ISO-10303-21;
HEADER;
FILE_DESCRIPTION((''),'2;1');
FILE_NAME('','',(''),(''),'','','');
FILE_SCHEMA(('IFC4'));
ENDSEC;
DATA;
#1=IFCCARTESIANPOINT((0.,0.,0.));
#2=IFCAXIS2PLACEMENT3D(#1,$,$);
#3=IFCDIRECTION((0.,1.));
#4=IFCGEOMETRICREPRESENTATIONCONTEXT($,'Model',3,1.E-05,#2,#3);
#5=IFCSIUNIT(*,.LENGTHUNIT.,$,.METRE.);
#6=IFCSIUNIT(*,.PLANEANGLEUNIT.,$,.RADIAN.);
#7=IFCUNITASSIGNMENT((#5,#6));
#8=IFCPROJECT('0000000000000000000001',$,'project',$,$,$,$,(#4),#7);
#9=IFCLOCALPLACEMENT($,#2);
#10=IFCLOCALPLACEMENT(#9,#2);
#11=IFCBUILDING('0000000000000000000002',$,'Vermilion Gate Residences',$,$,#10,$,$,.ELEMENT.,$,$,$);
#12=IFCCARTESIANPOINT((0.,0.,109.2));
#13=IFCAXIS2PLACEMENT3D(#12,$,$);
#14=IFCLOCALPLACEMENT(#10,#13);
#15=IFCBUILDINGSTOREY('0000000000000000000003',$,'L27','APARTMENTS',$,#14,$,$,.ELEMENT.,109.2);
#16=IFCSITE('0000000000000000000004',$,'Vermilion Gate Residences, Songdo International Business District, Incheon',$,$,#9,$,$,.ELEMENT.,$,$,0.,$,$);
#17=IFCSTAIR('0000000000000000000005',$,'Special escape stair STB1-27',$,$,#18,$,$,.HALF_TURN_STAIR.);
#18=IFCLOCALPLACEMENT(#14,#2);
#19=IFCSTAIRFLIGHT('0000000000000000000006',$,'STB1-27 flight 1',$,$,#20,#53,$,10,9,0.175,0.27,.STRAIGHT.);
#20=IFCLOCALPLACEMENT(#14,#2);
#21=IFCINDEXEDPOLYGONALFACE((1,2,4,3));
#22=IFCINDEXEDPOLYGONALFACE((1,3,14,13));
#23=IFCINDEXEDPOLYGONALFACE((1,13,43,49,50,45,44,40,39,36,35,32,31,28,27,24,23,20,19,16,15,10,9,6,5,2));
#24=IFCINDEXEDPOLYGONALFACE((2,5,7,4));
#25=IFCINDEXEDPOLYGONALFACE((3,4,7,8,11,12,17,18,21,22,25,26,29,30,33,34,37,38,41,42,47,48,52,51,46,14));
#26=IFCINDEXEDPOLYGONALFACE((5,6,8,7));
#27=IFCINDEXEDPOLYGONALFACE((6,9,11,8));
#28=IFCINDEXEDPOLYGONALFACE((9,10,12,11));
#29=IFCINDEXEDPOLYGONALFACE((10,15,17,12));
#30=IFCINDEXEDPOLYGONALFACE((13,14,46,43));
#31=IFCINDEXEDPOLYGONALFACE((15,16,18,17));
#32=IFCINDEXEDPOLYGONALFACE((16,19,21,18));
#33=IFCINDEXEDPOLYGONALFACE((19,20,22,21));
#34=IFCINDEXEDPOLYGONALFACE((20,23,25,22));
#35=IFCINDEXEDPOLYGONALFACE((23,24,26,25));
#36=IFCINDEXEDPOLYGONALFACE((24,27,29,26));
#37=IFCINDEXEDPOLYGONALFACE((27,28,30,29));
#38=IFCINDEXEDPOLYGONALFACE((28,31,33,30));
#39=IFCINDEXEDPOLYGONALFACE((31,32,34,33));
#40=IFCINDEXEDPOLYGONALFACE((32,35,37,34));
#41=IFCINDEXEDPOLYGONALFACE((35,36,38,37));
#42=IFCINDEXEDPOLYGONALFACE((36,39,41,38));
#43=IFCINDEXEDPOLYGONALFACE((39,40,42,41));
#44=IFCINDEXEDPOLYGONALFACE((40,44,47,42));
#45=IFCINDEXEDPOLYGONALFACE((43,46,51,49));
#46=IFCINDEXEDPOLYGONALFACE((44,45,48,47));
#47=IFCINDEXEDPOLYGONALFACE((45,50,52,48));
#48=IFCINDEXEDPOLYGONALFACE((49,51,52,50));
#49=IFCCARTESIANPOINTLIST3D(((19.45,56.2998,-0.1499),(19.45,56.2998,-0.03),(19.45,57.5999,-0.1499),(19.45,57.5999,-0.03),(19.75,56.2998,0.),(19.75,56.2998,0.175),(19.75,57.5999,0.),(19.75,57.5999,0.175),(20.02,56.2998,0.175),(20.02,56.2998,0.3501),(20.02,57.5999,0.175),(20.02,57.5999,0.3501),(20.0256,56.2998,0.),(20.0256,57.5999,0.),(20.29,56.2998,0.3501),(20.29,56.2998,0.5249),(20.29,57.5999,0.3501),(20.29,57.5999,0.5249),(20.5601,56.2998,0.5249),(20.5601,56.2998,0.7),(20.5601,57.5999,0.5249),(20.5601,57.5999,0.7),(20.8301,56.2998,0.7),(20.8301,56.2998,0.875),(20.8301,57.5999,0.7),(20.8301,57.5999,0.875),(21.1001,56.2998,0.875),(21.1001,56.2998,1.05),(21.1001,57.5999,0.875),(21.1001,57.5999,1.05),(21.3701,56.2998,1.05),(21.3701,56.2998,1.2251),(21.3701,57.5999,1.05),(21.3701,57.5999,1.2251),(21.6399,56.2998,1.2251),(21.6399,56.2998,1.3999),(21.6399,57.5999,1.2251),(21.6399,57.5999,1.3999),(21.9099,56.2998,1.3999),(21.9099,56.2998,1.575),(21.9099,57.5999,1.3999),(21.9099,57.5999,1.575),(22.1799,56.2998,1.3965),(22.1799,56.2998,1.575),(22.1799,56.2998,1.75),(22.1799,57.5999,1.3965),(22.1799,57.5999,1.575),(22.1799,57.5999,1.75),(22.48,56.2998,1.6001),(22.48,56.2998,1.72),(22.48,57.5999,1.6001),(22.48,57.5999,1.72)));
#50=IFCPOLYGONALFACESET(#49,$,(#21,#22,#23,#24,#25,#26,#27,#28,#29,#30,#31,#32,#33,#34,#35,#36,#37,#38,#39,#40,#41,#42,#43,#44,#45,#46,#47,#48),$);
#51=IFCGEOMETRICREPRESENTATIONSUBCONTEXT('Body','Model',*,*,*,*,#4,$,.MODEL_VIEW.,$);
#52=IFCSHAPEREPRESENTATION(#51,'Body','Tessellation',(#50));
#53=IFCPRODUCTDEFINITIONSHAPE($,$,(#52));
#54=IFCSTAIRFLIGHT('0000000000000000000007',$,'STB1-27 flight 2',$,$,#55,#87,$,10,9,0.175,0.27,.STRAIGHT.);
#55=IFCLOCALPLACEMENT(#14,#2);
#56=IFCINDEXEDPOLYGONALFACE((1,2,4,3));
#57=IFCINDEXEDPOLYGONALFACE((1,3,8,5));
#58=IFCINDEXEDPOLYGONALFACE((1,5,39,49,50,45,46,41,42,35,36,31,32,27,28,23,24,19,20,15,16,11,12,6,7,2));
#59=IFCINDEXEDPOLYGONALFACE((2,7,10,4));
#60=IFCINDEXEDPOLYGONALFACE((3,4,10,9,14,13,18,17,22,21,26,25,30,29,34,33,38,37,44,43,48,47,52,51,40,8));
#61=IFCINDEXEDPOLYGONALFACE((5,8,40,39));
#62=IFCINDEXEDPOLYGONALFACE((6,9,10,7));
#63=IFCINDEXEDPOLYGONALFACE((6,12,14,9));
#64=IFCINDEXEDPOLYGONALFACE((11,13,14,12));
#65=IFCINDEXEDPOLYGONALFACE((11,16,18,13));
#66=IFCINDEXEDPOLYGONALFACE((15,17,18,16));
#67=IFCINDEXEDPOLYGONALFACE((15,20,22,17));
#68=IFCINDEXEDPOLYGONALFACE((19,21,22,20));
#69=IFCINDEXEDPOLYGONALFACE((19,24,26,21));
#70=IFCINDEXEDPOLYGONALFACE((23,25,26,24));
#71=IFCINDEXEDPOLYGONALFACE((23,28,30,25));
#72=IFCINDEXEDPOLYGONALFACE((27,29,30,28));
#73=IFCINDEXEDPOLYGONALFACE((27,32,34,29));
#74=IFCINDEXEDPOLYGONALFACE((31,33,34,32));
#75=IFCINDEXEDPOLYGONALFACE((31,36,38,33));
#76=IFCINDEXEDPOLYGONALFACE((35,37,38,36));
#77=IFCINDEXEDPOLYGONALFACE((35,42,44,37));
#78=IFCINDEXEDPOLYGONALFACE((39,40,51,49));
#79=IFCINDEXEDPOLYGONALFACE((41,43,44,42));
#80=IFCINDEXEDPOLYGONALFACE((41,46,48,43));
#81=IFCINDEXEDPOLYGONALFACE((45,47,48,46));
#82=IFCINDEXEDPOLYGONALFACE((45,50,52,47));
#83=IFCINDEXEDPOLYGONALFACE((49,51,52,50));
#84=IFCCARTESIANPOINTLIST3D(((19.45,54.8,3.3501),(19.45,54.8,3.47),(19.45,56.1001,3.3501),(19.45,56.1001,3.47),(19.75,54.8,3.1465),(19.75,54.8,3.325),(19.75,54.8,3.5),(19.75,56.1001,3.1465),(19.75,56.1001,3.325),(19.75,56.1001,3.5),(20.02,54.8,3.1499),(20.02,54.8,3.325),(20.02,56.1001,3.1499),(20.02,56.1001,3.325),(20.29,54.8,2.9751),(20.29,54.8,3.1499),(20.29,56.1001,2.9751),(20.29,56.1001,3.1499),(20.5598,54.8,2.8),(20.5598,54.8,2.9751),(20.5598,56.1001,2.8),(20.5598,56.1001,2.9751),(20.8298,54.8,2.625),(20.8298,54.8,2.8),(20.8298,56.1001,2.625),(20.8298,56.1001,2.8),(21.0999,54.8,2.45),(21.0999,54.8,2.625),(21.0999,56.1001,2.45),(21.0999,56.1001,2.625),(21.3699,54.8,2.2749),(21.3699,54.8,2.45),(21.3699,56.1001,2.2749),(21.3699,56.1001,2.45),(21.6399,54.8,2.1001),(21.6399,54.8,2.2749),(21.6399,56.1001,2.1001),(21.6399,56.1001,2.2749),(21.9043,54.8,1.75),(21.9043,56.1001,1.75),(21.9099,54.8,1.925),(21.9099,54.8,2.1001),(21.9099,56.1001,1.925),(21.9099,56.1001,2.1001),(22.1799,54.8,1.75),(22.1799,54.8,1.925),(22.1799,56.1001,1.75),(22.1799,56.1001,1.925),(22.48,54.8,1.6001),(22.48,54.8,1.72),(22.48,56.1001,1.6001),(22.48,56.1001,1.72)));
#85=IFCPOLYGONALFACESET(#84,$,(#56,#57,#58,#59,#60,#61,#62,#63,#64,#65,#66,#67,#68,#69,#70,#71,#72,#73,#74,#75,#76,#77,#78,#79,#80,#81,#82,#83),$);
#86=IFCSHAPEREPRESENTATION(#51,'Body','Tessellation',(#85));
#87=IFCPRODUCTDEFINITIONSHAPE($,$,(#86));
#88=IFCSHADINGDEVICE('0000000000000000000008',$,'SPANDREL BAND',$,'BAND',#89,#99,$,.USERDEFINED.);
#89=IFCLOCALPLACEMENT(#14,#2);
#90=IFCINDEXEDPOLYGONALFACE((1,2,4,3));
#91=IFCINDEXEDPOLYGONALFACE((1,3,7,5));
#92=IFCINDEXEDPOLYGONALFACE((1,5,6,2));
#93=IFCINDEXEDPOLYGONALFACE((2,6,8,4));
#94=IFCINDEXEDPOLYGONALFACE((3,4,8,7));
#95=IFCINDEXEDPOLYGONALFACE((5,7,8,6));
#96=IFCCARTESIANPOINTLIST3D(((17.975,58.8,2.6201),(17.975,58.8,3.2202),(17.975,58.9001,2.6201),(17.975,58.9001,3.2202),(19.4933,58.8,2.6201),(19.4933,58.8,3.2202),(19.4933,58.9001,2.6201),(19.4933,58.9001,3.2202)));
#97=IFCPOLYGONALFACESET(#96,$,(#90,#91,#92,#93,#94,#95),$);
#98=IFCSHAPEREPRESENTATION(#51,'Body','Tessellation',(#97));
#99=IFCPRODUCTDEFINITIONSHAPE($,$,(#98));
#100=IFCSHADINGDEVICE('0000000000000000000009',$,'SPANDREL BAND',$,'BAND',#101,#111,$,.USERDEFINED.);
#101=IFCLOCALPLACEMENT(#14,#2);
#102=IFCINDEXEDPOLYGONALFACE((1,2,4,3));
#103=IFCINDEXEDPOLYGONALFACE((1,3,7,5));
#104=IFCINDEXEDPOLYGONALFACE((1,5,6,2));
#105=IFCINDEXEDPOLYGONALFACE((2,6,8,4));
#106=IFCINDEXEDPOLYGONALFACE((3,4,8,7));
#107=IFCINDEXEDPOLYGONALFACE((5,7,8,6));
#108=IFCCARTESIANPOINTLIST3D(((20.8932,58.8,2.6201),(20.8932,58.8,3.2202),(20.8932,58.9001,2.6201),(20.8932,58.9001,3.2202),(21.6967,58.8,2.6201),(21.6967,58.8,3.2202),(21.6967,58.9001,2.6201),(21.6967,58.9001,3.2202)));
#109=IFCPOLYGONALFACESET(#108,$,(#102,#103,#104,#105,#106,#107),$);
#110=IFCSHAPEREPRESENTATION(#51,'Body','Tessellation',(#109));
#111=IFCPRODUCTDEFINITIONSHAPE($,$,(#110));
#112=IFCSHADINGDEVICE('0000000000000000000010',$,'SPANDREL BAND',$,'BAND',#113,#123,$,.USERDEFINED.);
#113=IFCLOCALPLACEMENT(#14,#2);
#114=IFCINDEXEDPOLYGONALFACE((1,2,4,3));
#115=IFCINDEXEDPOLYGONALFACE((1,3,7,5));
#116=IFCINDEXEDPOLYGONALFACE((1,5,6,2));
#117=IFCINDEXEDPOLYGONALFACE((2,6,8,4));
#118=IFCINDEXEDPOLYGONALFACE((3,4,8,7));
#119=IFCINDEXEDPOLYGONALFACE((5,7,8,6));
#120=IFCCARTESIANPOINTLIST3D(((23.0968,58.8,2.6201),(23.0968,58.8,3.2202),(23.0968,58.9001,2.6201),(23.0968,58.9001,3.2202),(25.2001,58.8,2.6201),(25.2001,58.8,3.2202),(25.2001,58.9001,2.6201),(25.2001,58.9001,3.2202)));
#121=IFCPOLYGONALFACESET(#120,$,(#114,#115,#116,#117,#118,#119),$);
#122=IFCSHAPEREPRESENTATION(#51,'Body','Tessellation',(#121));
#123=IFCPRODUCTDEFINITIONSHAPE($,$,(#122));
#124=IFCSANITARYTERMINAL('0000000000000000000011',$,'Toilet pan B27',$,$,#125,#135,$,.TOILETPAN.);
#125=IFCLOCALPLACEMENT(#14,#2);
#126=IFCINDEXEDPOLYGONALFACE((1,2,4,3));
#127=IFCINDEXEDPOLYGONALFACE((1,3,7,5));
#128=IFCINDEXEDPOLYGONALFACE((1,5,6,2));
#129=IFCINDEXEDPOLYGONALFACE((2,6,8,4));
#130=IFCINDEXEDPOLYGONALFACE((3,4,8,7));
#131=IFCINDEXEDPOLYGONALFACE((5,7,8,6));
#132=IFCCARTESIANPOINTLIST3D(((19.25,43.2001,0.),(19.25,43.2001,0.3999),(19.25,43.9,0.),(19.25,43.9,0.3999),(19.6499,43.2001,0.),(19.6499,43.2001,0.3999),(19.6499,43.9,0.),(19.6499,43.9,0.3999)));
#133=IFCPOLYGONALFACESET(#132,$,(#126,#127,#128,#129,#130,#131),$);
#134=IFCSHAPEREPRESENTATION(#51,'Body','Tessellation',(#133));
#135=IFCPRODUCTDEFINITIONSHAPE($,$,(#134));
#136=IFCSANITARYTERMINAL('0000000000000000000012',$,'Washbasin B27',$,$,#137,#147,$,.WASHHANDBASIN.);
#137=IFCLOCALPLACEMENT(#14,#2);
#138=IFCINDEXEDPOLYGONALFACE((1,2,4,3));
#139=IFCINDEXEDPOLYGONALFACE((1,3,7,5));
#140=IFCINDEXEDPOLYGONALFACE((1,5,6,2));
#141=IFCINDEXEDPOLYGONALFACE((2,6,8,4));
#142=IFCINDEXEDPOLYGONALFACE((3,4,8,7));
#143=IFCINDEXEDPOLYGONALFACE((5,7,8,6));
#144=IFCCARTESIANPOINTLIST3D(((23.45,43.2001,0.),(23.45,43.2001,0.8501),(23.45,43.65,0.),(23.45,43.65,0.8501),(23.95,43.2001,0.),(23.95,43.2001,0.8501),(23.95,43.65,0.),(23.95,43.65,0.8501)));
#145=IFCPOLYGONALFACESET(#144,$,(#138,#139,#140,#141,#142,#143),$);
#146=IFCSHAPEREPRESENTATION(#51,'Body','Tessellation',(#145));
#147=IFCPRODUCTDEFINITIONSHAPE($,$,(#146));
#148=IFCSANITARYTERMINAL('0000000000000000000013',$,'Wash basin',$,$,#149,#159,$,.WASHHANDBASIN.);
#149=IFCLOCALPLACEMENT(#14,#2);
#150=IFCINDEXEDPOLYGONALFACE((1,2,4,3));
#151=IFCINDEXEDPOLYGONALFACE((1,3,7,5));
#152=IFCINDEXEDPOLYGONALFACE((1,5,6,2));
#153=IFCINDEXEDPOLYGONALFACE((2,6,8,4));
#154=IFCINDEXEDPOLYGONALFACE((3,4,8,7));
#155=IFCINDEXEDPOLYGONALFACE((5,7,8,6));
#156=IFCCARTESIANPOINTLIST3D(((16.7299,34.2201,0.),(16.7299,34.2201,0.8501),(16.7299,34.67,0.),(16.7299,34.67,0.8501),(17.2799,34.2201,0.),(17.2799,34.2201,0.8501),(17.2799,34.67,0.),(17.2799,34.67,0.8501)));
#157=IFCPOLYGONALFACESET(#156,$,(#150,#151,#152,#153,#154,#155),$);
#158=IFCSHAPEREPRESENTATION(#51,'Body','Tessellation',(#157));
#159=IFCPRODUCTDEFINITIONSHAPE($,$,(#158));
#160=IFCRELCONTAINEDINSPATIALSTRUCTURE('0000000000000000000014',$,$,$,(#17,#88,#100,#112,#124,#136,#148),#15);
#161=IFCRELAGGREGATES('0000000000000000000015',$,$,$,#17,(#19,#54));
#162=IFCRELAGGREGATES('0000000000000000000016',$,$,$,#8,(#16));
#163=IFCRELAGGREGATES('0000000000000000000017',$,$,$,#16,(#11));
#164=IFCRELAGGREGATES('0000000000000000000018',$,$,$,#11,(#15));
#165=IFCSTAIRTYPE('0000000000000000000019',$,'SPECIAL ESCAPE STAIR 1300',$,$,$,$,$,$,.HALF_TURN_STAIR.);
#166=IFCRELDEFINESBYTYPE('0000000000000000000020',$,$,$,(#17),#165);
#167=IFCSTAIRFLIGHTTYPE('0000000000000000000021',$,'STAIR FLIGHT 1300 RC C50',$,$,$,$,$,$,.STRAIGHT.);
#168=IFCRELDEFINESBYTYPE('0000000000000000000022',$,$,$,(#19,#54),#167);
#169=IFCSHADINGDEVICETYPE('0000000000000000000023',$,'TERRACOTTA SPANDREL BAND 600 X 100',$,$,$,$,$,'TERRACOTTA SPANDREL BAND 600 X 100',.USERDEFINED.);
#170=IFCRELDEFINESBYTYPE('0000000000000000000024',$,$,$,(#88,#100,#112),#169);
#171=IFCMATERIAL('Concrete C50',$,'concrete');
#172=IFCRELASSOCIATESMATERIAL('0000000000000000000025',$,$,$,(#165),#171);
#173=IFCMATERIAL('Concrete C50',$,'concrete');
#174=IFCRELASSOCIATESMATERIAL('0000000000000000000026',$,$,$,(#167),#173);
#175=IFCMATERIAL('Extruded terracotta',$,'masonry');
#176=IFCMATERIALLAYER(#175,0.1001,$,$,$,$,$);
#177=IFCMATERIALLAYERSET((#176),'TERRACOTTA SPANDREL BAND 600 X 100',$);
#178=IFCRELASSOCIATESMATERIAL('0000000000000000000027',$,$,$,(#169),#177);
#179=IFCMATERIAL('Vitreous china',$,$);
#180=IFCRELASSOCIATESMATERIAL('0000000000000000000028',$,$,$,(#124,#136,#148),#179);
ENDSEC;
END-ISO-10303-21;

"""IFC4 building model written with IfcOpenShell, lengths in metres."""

from ifc_helpers import new_model, si_unit, direction, frame, origin, origin_2d, place, context, subcontext, project, spatial, polyline, rectangle, outline, extrude, material, layer, layer_set, type_object, element, aggregate, save


model = new_model("IFC4")

# Units and contexts
model_context = context("Model", 3, precision=1e-05, world=origin(), true_north=direction((0.0, 1.0)))
body_context = subcontext(model_context, "Body", "Model", "MODEL_VIEW")
ifc_project = project(units=[si_unit("LENGTHUNIT", "METRE"), si_unit("PLANEANGLEUNIT", "RADIAN")], contexts=[model_context])

# Site, building, storey
site_placement = place(None, origin())
site = spatial("IfcSite", under=ifc_project, at=site_placement, Name="Vermilion Gate Residences, Songdo International Business District, Incheon", CompositionType="ELEMENT", RefElevation=0.0)
building_placement = place(site_placement, origin())
building = spatial("IfcBuilding", under=site, at=building_placement, Name="Vermilion Gate Residences", CompositionType="ELEMENT")
storey_placement = place(building_placement, frame((0.0, 0.0, 109.2)))
storey = spatial("IfcBuildingStorey", under=building, at=storey_placement, Name="L27", Description="APARTMENTS", CompositionType="ELEMENT", Elevation=109.2)

# Stair, stair flights
ifc_material_1 = material(Name="Concrete C50", Category="concrete")
stair_type = type_object("IfcStairType", Name="SPECIAL ESCAPE STAIR 1300", PredefinedType="HALF_TURN_STAIR", material=ifc_material_1)
stair_placement = place(storey_placement, origin())
stair = element("IfcStair", 1, at=stair_placement, inside=storey, type_object=stair_type, Name="Special escape stair STB1-27", PredefinedType="HALF_TURN_STAIR")
ifc_material_2 = material(Name="Concrete C50", Category="concrete")
stair_flight_type = type_object("IfcStairFlightType", Name="STAIR FLIGHT 1300 RC C50", PredefinedType="STRAIGHT", material=ifc_material_2)
stair_flight_1_placement = place(storey_placement, frame((19.75, 56.95, 0.0), z_axis=(0.0, 0.0, 1.0), x_axis=(1.0, 0.0, 0.0)))
stair_flight_1 = element("IfcStairFlight", 2, at=stair_flight_1_placement, type_object=stair_flight_type, Name="STB1-27 flight 1", NumberOfRisers=10, NumberOfTreads=9, PredefinedType="STRAIGHT", RiserHeight=0.175, TreadLength=0.27, context=body_context, shape_type="SweptSolid", body=[
    extrude(outline(polyline([(-0.3, -0.1499), (-0.3, -0.03), (0.0, 0.0), (0.0, 0.175), (0.27, 0.175), (0.27, 0.3501), (0.54, 0.3501), (0.54, 0.5249), (0.8101, 0.5249), (0.8101, 0.7), (1.0801, 0.7), (1.0801, 0.875), (1.3501, 0.875), (1.3501, 1.05), (1.6201, 1.05), (1.6201, 1.2251), (1.8899, 1.2251), (1.8899, 1.3999), (2.1599, 1.3999), (2.1599, 1.575), (2.4299, 1.575), (2.4299, 1.75), (2.73, 1.72), (2.73, 1.6001), (2.4299, 1.3965), (0.2756, 0.0), (-0.3, -0.1499)])), frame((0.0, 0.6499, 0.0), z_axis=(0.0, -1.0, 0.0), x_axis=(1.0, 0.0, 0.0)), (0.0, 0.0, 1.0), 1.3),
])
stair_flight_2_placement = place(storey_placement, frame((22.1799, 55.45, 1.75), z_axis=(0.0, 0.0, 1.0), x_axis=(-1.0, 0.0, 0.0)))
stair_flight_2 = element("IfcStairFlight", 3, at=stair_flight_2_placement, type_object=stair_flight_type, Name="STB1-27 flight 2", NumberOfRisers=10, NumberOfTreads=9, PredefinedType="STRAIGHT", RiserHeight=0.175, TreadLength=0.27, context=body_context, shape_type="SweptSolid", body=[
    extrude(outline(polyline([(-0.3, -0.1499), (-0.3, -0.03), (0.0, 0.0), (0.0, 0.175), (0.27, 0.175), (0.27, 0.3501), (0.54, 0.3501), (0.54, 0.5249), (0.8101, 0.5249), (0.8101, 0.7), (1.0801, 0.7), (1.0801, 0.875), (1.3501, 0.875), (1.3501, 1.05), (1.6201, 1.05), (1.6201, 1.2251), (1.8899, 1.2251), (1.8899, 1.3999), (2.1599, 1.3999), (2.1599, 1.575), (2.4299, 1.575), (2.4299, 1.75), (2.73, 1.72), (2.73, 1.6001), (2.4299, 1.3965), (0.2756, 0.0), (-0.3, -0.1499)])), frame((0.0, 0.6499, 0.0), z_axis=(0.0, -1.0, 0.0), x_axis=(1.0, 0.0, 0.0)), (0.0, 0.0, 1.0), 1.3),
])
aggregate(stair, [stair_flight_1, stair_flight_2])

# Shading devices
ifc_material_3 = material(Name="Extruded terracotta", Category="masonry")
ifc_layer_1 = layer(ifc_material_3, 0.1001)
ifc_layer_set_1 = layer_set([ifc_layer_1], Name="TERRACOTTA SPANDREL BAND 600 X 100")
shading_device_type = type_object("IfcShadingDeviceType", Name="TERRACOTTA SPANDREL BAND 600 X 100", ElementType="TERRACOTTA SPANDREL BAND 600 X 100", PredefinedType="USERDEFINED", material=ifc_layer_set_1)
shading_device_1_placement = place(storey_placement, frame((18.7341, 58.8501, 2.6201), z_axis=(0.0, 0.0, 1.0), x_axis=(1.0, 0.0, 0.0)))
element("IfcShadingDevice", 4, at=shading_device_1_placement, inside=storey, type_object=shading_device_type, Name="SPANDREL BAND", ObjectType="BAND", PredefinedType="USERDEFINED", context=body_context, shape_type="SweptSolid", body=[
    extrude(rectangle(XDim=1.5183, YDim=0.1001, at=origin_2d()), origin(), (0.0, 0.0, 1.0), 0.6001),
])
shading_device_2_placement = place(storey_placement, frame((21.2949, 58.8501, 2.6201), z_axis=(0.0, 0.0, 1.0), x_axis=(1.0, 0.0, 0.0)))
element("IfcShadingDevice", 5, at=shading_device_2_placement, inside=storey, type_object=shading_device_type, Name="SPANDREL BAND", ObjectType="BAND", PredefinedType="USERDEFINED", context=body_context, shape_type="SweptSolid", body=[
    extrude(rectangle(XDim=0.8035, YDim=0.1001, at=origin_2d()), origin(), (0.0, 0.0, 1.0), 0.6001),
])
shading_device_3_placement = place(storey_placement, frame((24.1484, 58.8501, 2.6201), z_axis=(0.0, 0.0, 1.0), x_axis=(1.0, 0.0, 0.0)))
element("IfcShadingDevice", 6, at=shading_device_3_placement, inside=storey, type_object=shading_device_type, Name="SPANDREL BAND", ObjectType="BAND", PredefinedType="USERDEFINED", context=body_context, shape_type="SweptSolid", body=[
    extrude(rectangle(XDim=2.1033, YDim=0.1001, at=origin_2d()), origin(), (0.0, 0.0, 1.0), 0.6001),
])

# Sanitary terminals
ifc_material_4 = material(Name="Vitreous china")
sanitary_terminal_1_placement = place(storey_placement, frame((19.45, 43.55, 0.0), z_axis=(0.0, 0.0, 1.0), x_axis=(1.0, 0.0, 0.0)))
element("IfcSanitaryTerminal", 7, at=sanitary_terminal_1_placement, inside=storey, material=ifc_material_4, Name="Toilet pan B27", PredefinedType="TOILETPAN", context=body_context, shape_type="SweptSolid", body=[
    extrude(rectangle(XDim=0.3999, YDim=0.7, at=origin_2d()), origin(), (0.0, 0.0, 1.0), 0.3999),
])
sanitary_terminal_2_placement = place(storey_placement, frame((23.7, 43.425, 0.0), z_axis=(0.0, 0.0, 1.0), x_axis=(1.0, 0.0, 0.0)))
element("IfcSanitaryTerminal", 8, at=sanitary_terminal_2_placement, inside=storey, material=ifc_material_4, Name="Washbasin B27", PredefinedType="WASHHANDBASIN", context=body_context, shape_type="SweptSolid", body=[
    extrude(rectangle(XDim=0.5, YDim=0.45, at=origin_2d()), origin(), (0.0, 0.0, 1.0), 0.8501),
])
sanitary_terminal_3_placement = place(storey_placement, frame((17.0049, 34.4451, 0.0), z_axis=(0.0, 0.0, 1.0), x_axis=(1.0, 0.0, 0.0)))
element("IfcSanitaryTerminal", 9, at=sanitary_terminal_3_placement, inside=storey, material=ifc_material_4, Name="Wash basin", PredefinedType="WASHHANDBASIN", context=body_context, shape_type="SweptSolid", body=[
    extrude(rectangle(XDim=0.55, YDim=0.45, at=origin_2d()), origin(), (0.0, 0.0, 1.0), 0.8501),
])

save(model, "model.ifc")
